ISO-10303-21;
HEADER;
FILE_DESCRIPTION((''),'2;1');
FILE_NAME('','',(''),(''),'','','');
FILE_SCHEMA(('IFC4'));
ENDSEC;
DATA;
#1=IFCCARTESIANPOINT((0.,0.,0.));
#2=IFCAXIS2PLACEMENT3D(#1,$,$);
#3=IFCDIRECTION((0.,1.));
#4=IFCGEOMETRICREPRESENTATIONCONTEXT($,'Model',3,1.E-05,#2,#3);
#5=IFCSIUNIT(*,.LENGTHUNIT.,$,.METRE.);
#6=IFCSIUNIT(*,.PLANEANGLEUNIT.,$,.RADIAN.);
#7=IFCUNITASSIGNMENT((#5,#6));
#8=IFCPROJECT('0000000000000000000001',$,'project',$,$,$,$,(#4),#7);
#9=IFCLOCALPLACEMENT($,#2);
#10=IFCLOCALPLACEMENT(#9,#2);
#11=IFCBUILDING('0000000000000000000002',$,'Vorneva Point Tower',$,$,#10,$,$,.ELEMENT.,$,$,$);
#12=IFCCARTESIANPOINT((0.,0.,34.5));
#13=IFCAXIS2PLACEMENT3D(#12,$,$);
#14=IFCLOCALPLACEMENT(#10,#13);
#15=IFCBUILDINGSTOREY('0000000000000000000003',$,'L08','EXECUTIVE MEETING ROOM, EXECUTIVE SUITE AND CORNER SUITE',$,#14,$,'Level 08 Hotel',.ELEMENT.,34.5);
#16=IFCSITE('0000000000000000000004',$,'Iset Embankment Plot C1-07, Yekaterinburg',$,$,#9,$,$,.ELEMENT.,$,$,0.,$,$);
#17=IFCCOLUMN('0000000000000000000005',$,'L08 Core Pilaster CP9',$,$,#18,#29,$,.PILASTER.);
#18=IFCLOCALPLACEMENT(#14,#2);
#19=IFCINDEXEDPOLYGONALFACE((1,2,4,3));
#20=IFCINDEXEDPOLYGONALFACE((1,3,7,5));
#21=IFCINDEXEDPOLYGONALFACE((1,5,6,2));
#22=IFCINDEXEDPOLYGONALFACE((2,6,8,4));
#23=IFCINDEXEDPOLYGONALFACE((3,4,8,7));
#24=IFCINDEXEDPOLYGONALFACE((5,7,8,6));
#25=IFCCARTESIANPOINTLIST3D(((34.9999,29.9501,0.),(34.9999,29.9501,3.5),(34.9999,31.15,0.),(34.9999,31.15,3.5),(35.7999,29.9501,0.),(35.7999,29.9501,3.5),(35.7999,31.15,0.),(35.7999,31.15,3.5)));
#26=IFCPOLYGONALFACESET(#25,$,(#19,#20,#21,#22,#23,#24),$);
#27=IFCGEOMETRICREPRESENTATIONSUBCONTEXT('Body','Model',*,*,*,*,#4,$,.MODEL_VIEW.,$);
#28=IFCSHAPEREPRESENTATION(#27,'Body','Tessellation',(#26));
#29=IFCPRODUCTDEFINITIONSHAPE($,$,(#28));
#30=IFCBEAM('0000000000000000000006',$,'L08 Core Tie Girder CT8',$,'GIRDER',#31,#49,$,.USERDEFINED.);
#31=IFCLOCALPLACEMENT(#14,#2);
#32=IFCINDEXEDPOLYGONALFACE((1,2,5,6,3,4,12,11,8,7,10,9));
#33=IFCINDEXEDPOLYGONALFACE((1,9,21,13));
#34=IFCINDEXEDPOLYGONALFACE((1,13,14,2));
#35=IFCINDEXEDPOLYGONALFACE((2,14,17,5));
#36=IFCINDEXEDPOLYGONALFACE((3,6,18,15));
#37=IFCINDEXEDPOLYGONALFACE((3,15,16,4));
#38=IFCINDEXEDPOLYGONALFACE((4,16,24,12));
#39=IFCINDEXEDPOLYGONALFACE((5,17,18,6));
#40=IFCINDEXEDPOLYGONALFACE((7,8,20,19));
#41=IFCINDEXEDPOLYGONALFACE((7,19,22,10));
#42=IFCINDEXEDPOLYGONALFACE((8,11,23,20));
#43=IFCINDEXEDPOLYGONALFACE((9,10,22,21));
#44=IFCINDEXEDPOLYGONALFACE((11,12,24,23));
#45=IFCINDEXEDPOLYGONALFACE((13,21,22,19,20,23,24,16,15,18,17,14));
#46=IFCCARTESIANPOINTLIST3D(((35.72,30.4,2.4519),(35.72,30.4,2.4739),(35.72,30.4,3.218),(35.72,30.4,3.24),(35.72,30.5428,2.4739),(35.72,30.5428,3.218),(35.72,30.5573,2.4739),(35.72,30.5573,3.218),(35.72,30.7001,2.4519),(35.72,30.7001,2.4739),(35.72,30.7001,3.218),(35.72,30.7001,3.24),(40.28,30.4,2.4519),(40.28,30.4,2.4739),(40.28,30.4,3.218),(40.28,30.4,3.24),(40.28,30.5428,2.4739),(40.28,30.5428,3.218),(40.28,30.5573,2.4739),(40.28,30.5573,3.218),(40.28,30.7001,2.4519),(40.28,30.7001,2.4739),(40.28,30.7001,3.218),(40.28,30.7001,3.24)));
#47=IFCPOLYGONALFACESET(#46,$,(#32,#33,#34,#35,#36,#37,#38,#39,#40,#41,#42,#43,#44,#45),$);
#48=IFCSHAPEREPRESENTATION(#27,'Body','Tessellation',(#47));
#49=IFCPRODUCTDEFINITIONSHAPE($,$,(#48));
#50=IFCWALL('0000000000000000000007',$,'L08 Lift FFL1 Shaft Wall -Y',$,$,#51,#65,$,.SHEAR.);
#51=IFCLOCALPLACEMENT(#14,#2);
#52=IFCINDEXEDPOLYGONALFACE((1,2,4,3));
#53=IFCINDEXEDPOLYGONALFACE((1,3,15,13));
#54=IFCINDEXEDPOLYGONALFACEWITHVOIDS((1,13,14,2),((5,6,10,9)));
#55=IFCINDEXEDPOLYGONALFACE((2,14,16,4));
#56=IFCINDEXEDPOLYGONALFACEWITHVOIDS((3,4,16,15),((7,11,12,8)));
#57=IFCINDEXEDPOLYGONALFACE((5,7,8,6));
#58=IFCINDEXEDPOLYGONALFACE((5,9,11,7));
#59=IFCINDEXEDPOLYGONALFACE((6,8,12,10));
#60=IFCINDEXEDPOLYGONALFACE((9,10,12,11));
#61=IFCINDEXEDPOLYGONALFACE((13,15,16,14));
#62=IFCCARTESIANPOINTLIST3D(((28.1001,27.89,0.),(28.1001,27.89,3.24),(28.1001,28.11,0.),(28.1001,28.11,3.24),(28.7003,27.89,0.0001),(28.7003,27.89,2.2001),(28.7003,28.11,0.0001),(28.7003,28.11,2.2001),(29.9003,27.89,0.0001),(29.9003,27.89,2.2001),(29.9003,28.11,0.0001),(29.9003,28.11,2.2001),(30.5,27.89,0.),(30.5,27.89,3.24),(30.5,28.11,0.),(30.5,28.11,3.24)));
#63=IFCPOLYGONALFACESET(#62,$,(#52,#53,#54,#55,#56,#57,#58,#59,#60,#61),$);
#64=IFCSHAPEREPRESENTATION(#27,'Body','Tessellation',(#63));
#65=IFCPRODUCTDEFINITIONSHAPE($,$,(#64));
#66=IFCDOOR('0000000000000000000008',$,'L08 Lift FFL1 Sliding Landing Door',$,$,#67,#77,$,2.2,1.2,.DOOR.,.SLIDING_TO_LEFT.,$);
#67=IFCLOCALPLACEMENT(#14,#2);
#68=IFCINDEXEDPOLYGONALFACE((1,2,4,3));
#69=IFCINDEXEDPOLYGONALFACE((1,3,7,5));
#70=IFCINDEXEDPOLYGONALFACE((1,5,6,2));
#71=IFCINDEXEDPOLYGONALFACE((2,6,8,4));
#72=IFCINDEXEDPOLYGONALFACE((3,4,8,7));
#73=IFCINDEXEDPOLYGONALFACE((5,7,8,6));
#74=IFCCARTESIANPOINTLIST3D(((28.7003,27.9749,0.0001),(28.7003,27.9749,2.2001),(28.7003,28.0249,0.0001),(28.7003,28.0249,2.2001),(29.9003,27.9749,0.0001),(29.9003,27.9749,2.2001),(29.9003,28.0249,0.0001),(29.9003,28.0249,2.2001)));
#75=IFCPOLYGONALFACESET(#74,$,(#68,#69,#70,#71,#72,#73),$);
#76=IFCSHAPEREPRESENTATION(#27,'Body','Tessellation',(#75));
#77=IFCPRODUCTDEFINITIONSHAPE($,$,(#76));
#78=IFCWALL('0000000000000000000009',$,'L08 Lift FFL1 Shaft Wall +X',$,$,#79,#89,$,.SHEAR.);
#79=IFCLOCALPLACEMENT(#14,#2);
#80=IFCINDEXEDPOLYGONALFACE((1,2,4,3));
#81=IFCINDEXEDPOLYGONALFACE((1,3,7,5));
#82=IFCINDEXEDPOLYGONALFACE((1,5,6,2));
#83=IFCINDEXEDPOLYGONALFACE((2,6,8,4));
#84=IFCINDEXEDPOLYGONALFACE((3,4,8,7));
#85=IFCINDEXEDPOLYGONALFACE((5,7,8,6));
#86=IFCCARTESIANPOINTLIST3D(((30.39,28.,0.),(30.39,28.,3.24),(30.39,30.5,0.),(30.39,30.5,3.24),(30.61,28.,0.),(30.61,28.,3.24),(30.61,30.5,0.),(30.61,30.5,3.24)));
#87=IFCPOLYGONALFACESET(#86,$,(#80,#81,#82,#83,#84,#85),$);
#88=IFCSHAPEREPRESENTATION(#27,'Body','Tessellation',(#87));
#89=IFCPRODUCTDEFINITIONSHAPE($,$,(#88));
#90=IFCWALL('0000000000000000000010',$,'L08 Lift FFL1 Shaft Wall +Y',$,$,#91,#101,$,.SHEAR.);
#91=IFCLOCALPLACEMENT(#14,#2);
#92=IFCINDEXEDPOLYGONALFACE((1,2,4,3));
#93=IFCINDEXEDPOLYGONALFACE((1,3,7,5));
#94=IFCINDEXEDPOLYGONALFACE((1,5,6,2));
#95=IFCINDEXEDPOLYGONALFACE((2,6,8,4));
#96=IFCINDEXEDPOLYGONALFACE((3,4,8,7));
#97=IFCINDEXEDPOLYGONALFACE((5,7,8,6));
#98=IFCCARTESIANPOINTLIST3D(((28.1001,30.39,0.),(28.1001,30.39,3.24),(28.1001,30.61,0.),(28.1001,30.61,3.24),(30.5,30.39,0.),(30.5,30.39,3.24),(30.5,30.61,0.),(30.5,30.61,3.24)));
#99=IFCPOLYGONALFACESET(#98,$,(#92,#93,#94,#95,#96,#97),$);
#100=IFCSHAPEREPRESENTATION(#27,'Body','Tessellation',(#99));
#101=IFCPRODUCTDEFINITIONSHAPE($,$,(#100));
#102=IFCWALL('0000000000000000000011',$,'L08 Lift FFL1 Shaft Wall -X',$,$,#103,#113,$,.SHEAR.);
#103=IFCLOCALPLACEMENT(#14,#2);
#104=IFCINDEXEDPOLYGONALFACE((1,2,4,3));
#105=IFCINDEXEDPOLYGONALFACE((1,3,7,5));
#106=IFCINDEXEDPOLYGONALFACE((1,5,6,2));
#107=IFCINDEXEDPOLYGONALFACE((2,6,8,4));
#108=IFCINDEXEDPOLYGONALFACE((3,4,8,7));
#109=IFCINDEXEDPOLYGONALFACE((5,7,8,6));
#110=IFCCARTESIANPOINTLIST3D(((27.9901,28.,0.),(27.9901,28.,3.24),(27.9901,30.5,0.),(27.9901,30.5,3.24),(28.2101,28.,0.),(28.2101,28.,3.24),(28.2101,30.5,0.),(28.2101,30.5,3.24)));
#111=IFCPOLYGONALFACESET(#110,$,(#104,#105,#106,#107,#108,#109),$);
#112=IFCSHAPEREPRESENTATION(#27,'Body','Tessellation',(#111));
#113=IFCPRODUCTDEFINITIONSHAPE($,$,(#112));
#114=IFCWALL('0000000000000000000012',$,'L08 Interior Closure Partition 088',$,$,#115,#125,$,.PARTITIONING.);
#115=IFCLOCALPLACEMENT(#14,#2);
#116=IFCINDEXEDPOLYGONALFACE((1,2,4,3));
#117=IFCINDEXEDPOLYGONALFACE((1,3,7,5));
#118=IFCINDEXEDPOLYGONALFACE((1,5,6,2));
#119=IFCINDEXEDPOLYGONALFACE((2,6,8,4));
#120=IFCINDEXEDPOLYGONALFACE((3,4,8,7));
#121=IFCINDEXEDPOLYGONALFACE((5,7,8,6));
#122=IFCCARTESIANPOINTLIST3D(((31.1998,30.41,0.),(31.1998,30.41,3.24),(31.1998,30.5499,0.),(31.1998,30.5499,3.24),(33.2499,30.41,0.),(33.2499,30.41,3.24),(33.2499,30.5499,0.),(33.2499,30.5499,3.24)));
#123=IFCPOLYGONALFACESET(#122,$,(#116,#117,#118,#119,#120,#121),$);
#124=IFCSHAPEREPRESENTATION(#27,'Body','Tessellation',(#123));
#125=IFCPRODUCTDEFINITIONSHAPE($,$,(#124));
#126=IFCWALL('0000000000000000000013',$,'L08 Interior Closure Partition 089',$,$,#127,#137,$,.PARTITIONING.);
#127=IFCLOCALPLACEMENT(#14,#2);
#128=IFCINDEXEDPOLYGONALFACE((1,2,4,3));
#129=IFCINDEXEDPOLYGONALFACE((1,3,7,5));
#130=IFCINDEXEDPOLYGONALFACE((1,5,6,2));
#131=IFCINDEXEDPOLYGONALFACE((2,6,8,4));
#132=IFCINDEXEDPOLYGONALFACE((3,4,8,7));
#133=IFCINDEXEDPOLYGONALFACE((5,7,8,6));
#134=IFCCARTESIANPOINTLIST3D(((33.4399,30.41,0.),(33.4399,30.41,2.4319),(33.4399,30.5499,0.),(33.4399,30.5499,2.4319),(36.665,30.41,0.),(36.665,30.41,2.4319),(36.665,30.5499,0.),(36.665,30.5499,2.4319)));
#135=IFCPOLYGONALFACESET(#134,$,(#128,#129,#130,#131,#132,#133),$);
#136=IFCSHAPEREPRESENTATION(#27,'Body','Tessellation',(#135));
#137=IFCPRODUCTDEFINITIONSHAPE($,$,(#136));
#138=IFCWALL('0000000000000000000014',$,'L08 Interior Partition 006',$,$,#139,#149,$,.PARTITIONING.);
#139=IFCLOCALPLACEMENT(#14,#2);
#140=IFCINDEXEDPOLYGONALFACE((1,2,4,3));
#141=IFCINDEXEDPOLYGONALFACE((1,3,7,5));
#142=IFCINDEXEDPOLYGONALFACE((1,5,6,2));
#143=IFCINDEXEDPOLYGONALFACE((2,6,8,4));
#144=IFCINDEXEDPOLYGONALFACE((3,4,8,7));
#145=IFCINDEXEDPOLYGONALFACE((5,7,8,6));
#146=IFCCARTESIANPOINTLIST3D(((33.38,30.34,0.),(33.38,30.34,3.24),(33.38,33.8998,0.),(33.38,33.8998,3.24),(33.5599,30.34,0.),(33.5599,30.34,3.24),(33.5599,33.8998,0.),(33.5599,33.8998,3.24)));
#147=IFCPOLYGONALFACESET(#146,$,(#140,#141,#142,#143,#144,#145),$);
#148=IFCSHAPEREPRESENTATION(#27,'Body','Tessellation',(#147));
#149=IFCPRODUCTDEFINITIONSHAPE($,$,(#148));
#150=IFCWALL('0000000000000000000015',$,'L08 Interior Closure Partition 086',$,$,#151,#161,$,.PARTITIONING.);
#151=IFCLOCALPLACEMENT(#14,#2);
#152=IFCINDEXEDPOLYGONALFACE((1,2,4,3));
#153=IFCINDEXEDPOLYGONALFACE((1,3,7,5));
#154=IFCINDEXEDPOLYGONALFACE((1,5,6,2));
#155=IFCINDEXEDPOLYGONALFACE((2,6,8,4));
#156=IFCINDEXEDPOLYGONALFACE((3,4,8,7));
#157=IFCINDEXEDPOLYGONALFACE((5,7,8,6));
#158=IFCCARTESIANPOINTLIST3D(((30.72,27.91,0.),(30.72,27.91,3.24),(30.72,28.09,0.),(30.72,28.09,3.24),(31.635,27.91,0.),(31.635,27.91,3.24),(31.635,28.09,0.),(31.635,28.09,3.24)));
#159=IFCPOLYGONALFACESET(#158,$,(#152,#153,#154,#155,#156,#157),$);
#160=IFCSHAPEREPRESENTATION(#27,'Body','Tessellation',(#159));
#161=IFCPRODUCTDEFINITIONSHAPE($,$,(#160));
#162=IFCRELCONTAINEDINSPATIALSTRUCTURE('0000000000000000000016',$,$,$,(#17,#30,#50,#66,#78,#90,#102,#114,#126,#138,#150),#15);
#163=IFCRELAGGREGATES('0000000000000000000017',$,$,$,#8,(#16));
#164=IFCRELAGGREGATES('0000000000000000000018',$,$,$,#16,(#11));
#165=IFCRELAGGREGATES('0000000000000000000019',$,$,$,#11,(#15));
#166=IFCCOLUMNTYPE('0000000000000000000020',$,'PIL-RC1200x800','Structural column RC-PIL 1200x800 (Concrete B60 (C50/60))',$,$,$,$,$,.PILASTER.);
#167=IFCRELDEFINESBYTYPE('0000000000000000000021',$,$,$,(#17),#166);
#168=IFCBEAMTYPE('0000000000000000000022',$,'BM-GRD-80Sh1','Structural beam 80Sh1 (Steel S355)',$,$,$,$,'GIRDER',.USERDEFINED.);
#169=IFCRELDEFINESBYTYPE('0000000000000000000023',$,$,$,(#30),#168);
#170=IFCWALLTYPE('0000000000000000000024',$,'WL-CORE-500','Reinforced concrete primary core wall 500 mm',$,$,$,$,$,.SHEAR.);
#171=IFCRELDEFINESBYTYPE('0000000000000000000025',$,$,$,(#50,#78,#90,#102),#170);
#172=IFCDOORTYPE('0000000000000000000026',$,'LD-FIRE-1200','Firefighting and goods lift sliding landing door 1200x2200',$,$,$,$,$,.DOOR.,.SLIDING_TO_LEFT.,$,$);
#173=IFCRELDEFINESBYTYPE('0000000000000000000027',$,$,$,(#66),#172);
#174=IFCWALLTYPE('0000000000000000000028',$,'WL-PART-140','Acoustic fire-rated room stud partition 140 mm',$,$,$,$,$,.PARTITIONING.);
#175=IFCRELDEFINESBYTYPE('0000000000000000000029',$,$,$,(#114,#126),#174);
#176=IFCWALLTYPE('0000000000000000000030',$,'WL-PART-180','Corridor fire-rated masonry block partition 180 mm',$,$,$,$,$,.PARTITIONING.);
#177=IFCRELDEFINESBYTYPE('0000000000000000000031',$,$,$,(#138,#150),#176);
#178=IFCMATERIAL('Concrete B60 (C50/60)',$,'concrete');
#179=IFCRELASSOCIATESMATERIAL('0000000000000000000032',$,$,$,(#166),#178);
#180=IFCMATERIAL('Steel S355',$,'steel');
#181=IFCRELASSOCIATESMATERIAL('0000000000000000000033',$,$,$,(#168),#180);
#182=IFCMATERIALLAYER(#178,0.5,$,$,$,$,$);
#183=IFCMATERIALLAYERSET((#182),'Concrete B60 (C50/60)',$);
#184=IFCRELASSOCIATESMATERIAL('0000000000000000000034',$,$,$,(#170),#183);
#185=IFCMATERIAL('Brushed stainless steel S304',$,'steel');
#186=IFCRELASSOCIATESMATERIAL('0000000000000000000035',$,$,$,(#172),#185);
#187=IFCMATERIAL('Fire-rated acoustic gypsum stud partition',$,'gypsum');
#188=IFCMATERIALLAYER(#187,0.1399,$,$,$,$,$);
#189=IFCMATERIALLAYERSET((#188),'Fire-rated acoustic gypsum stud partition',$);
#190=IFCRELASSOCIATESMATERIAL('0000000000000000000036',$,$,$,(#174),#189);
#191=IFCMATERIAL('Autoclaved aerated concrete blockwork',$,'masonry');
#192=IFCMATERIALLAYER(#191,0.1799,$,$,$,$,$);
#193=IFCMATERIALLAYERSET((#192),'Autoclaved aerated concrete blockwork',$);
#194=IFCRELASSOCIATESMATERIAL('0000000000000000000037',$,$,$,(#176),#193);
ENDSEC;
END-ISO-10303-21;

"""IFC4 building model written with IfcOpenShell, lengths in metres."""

from ifc_helpers import new_model, si_unit, direction, frame, frame_2d, origin, origin_2d, place, context, subcontext, project, spatial, rectangle, i_section, extrude, material, layer, layer_set, material_profile, profile_set, type_object, element, fill, save


model = new_model("IFC4")

# Units and contexts
model_context = context("Model", 3, precision=1e-05, world=origin(), true_north=direction((0.0, 1.0)))
body_context = subcontext(model_context, "Body", "Model", "MODEL_VIEW")
ifc_project = project(units=[si_unit("LENGTHUNIT", "METRE"), si_unit("PLANEANGLEUNIT", "RADIAN")], contexts=[model_context])

# Site, building, storey
site_placement = place(None, origin())
site = spatial("IfcSite", under=ifc_project, at=site_placement, Name="Iset Embankment Plot C1-07, Yekaterinburg", CompositionType="ELEMENT", RefElevation=0.0)
building_placement = place(site_placement, origin())
building = spatial("IfcBuilding", under=site, at=building_placement, Name="Vorneva Point Tower", CompositionType="ELEMENT")
storey_placement = place(building_placement, frame((0.0, 0.0, 34.5)))
storey = spatial("IfcBuildingStorey", under=building, at=storey_placement, Name="L08", Description="EXECUTIVE MEETING ROOM, EXECUTIVE SUITE AND CORNER SUITE", LongName="Level 08 Hotel", CompositionType="ELEMENT", Elevation=34.5)

# Column
ifc_material_1 = material(Name="Concrete B60 (C50/60)", Category="concrete")
ifc_material_profile_1 = material_profile(ifc_material_1, rectangle(XDim=0.8, YDim=1.2, at=origin_2d()), Name="RC-PIL 1200x800")
ifc_profile_set_1 = profile_set([ifc_material_profile_1], Name="Concrete B60 (C50/60)")
column_type = type_object("IfcColumnType", Name="PIL-RC1200x800", Description="Structural column RC-PIL 1200x800 (Concrete B60 (C50/60))", PredefinedType="PILASTER", material=ifc_profile_set_1)
column_placement = place(storey_placement, frame((35.3999, 30.55, 0.0), z_axis=(0.0, 0.0, 1.0), x_axis=(1.0, 0.0, 0.0)))
element("IfcColumn", 1, at=column_placement, inside=storey, type_object=column_type, Name="L08 Core Pilaster CP9", PredefinedType="PILASTER", context=body_context, shape_type="SweptSolid", body=[
    extrude(rectangle(XDim=0.8, YDim=1.2, at=origin_2d()), origin(), (0.0, 0.0, 1.0), 3.5),
])

# Beam
ifc_material_2 = material(Name="Steel S355", Category="steel")
ifc_material_profile_2 = material_profile(ifc_material_2, i_section(OverallWidth=0.3, OverallDepth=0.7881, WebThickness=0.0144, FlangeThickness=0.022, at=origin_2d()), Name="80Sh1")
ifc_profile_set_2 = profile_set([ifc_material_profile_2], Name="Steel S355")
beam_type = type_object("IfcBeamType", Name="BM-GRD-80Sh1", Description="Structural beam 80Sh1 (Steel S355)", ElementType="GIRDER", PredefinedType="USERDEFINED", material=ifc_profile_set_2)
beam_placement = place(storey_placement, frame((35.72, 30.55, 2.8459), z_axis=(1.0, 0.0, 0.0), x_axis=(0.0, 1.0, 0.0)))
element("IfcBeam", 2, at=beam_placement, inside=storey, type_object=beam_type, Name="L08 Core Tie Girder CT8", ObjectType="GIRDER", PredefinedType="USERDEFINED", context=body_context, shape_type="SweptSolid", body=[
    extrude(i_section(OverallWidth=0.3, OverallDepth=0.7881, WebThickness=0.0144, FlangeThickness=0.022, at=origin_2d()), origin(), (0.0, 0.0, 1.0), 4.5601),
])

# Wall, opening, door
ifc_layer_1 = layer(ifc_material_1, 0.5)
ifc_layer_set_1 = layer_set([ifc_layer_1], Name="Concrete B60 (C50/60)")
wall_type_1 = type_object("IfcWallType", Name="WL-CORE-500", Description="Reinforced concrete primary core wall 500 mm", PredefinedType="SHEAR", material=ifc_layer_set_1)
wall_1_placement = place(storey_placement, frame((28.1001, 28.0, 0.0), z_axis=(0.0, 0.0, 1.0), x_axis=(1.0, 0.0, 0.0)))
wall_1 = element("IfcWall", 3, at=wall_1_placement, inside=storey, type_object=wall_type_1, Name="L08 Lift FFL1 Shaft Wall -Y", PredefinedType="SHEAR", context=body_context, shape_type="SweptSolid", body=[
    extrude(rectangle(XDim=2.3999, YDim=0.22, at=frame_2d((1.2, 0.0))), origin(), (0.0, 0.0, 1.0), 3.24),
])
opening_1_placement = place(wall_1_placement, frame((0.6001, 0.0, 0.0)))
opening_1 = element("IfcOpeningElement", 4, at=opening_1_placement, cuts=wall_1, PredefinedType="OPENING", context=body_context, shape_type="SweptSolid", body=[
    extrude(rectangle(XDim=1.2, YDim=2.2, at=frame_2d((0.6001, 1.1001))), frame((0.0, 0.125, 0.0), z_axis=(0.0, -1.0, 0.0), x_axis=(1.0, 0.0, 0.0)), (0.0, 0.0, 1.0), 0.2498),
])
ifc_material_3 = material(Name="Brushed stainless steel S304", Category="steel")
door_type_1 = type_object("IfcDoorType", Name="LD-FIRE-1200", Description="Firefighting and goods lift sliding landing door 1200x2200", OperationType="SLIDING_TO_LEFT", PredefinedType="DOOR", material=ifc_material_3)
door_1_placement = place(opening_1_placement, origin())
door_1 = element("IfcDoor", 5, at=door_1_placement, inside=storey, type_object=door_type_1, Name="L08 Lift FFL1 Sliding Landing Door", OperationType="SLIDING_TO_LEFT", OverallHeight=2.2, OverallWidth=1.2, PredefinedType="DOOR", context=body_context, shape_type="SweptSolid", body=[
    extrude(rectangle(XDim=1.2, YDim=2.2, at=frame_2d((0.6001, 1.1001))), frame((0.0, 0.0249, 0.0), z_axis=(0.0, -1.0, 0.0), x_axis=(1.0, 0.0, 0.0)), (0.0, 0.0, 1.0), 0.05),
])
fill(opening_1, door_1)

# Walls
wall_2_placement = place(storey_placement, frame((30.5, 28.0, 0.0), z_axis=(0.0, 0.0, 1.0), x_axis=(0.0, 1.0, 0.0)))
element("IfcWall", 6, at=wall_2_placement, inside=storey, type_object=wall_type_1, Name="L08 Lift FFL1 Shaft Wall +X", PredefinedType="SHEAR", context=body_context, shape_type="SweptSolid", body=[
    extrude(rectangle(XDim=2.5, YDim=0.22, at=frame_2d((1.25, 0.0))), origin(), (0.0, 0.0, 1.0), 3.24),
])
wall_3_placement = place(storey_placement, frame((30.5, 30.5, 0.0), z_axis=(0.0, 0.0, 1.0), x_axis=(-1.0, 0.0, 0.0)))
element("IfcWall", 7, at=wall_3_placement, inside=storey, type_object=wall_type_1, Name="L08 Lift FFL1 Shaft Wall +Y", PredefinedType="SHEAR", context=body_context, shape_type="SweptSolid", body=[
    extrude(rectangle(XDim=2.3999, YDim=0.22, at=frame_2d((1.2, 0.0))), origin(), (0.0, 0.0, 1.0), 3.24),
])
wall_4_placement = place(storey_placement, frame((28.1001, 30.5, 0.0), z_axis=(0.0, 0.0, 1.0), x_axis=(0.0, -1.0, 0.0)))
element("IfcWall", 8, at=wall_4_placement, inside=storey, type_object=wall_type_1, Name="L08 Lift FFL1 Shaft Wall -X", PredefinedType="SHEAR", context=body_context, shape_type="SweptSolid", body=[
    extrude(rectangle(XDim=2.5, YDim=0.22, at=frame_2d((1.25, 0.0))), origin(), (0.0, 0.0, 1.0), 3.24),
])
ifc_material_4 = material(Name="Fire-rated acoustic gypsum stud partition", Category="gypsum")
ifc_layer_2 = layer(ifc_material_4, 0.1399)
ifc_layer_set_2 = layer_set([ifc_layer_2], Name="Fire-rated acoustic gypsum stud partition")
wall_type_2 = type_object("IfcWallType", Name="WL-PART-140", Description="Acoustic fire-rated room stud partition 140 mm", PredefinedType="PARTITIONING", material=ifc_layer_set_2)
wall_5_placement = place(storey_placement, frame((31.2, 30.48, 0.0), z_axis=(0.0, 0.0, 1.0), x_axis=(1.0, 0.0, 0.0)))
element("IfcWall", 9, at=wall_5_placement, inside=storey, type_object=wall_type_2, Name="L08 Interior Closure Partition 088", PredefinedType="PARTITIONING", context=body_context, shape_type="SweptSolid", body=[
    extrude(rectangle(XDim=2.05, YDim=0.1399, at=frame_2d((1.0249, 0.0))), origin(), (0.0, 0.0, 1.0), 3.24),
])
wall_6_placement = place(storey_placement, frame((33.4399, 30.48, 0.0), z_axis=(0.0, 0.0, 1.0), x_axis=(1.0, 0.0, 0.0)))
element("IfcWall", 10, at=wall_6_placement, inside=storey, type_object=wall_type_2, Name="L08 Interior Closure Partition 089", PredefinedType="PARTITIONING", context=body_context, shape_type="SweptSolid", body=[
    extrude(rectangle(XDim=3.2251, YDim=0.1399, at=frame_2d((1.6125, 0.0))), origin(), (0.0, 0.0, 1.0), 2.4319),
])
ifc_material_5 = material(Name="Autoclaved aerated concrete blockwork", Category="masonry")
ifc_layer_3 = layer(ifc_material_5, 0.1799)
ifc_layer_set_3 = layer_set([ifc_layer_3], Name="Autoclaved aerated concrete blockwork")
wall_type_3 = type_object("IfcWallType", Name="WL-PART-180", Description="Corridor fire-rated masonry block partition 180 mm", PredefinedType="PARTITIONING", material=ifc_layer_set_3)
wall_7_placement = place(storey_placement, frame((33.47, 30.3401, 0.0), z_axis=(0.0, 0.0, 1.0), x_axis=(0.0, 1.0, 0.0)))
element("IfcWall", 11, at=wall_7_placement, inside=storey, type_object=wall_type_3, Name="L08 Interior Partition 006", PredefinedType="PARTITIONING", context=body_context, shape_type="SweptSolid", body=[
    extrude(rectangle(XDim=3.5598, YDim=0.1799, at=frame_2d((1.7798, 0.0))), origin(), (0.0, 0.0, 1.0), 3.24),
])
wall_8_placement = place(storey_placement, frame((31.635, 28.0, 0.0), z_axis=(0.0, 0.0, 1.0), x_axis=(-1.0, 0.0, 0.0)))
element("IfcWall", 12, at=wall_8_placement, inside=storey, type_object=wall_type_3, Name="L08 Interior Closure Partition 086", PredefinedType="PARTITIONING", context=body_context, shape_type="SweptSolid", body=[
    extrude(rectangle(XDim=0.915, YDim=0.1799, at=frame_2d((0.4575, 0.0))), origin(), (0.0, 0.0, 1.0), 3.24),
])

save(model, "model.ifc")
